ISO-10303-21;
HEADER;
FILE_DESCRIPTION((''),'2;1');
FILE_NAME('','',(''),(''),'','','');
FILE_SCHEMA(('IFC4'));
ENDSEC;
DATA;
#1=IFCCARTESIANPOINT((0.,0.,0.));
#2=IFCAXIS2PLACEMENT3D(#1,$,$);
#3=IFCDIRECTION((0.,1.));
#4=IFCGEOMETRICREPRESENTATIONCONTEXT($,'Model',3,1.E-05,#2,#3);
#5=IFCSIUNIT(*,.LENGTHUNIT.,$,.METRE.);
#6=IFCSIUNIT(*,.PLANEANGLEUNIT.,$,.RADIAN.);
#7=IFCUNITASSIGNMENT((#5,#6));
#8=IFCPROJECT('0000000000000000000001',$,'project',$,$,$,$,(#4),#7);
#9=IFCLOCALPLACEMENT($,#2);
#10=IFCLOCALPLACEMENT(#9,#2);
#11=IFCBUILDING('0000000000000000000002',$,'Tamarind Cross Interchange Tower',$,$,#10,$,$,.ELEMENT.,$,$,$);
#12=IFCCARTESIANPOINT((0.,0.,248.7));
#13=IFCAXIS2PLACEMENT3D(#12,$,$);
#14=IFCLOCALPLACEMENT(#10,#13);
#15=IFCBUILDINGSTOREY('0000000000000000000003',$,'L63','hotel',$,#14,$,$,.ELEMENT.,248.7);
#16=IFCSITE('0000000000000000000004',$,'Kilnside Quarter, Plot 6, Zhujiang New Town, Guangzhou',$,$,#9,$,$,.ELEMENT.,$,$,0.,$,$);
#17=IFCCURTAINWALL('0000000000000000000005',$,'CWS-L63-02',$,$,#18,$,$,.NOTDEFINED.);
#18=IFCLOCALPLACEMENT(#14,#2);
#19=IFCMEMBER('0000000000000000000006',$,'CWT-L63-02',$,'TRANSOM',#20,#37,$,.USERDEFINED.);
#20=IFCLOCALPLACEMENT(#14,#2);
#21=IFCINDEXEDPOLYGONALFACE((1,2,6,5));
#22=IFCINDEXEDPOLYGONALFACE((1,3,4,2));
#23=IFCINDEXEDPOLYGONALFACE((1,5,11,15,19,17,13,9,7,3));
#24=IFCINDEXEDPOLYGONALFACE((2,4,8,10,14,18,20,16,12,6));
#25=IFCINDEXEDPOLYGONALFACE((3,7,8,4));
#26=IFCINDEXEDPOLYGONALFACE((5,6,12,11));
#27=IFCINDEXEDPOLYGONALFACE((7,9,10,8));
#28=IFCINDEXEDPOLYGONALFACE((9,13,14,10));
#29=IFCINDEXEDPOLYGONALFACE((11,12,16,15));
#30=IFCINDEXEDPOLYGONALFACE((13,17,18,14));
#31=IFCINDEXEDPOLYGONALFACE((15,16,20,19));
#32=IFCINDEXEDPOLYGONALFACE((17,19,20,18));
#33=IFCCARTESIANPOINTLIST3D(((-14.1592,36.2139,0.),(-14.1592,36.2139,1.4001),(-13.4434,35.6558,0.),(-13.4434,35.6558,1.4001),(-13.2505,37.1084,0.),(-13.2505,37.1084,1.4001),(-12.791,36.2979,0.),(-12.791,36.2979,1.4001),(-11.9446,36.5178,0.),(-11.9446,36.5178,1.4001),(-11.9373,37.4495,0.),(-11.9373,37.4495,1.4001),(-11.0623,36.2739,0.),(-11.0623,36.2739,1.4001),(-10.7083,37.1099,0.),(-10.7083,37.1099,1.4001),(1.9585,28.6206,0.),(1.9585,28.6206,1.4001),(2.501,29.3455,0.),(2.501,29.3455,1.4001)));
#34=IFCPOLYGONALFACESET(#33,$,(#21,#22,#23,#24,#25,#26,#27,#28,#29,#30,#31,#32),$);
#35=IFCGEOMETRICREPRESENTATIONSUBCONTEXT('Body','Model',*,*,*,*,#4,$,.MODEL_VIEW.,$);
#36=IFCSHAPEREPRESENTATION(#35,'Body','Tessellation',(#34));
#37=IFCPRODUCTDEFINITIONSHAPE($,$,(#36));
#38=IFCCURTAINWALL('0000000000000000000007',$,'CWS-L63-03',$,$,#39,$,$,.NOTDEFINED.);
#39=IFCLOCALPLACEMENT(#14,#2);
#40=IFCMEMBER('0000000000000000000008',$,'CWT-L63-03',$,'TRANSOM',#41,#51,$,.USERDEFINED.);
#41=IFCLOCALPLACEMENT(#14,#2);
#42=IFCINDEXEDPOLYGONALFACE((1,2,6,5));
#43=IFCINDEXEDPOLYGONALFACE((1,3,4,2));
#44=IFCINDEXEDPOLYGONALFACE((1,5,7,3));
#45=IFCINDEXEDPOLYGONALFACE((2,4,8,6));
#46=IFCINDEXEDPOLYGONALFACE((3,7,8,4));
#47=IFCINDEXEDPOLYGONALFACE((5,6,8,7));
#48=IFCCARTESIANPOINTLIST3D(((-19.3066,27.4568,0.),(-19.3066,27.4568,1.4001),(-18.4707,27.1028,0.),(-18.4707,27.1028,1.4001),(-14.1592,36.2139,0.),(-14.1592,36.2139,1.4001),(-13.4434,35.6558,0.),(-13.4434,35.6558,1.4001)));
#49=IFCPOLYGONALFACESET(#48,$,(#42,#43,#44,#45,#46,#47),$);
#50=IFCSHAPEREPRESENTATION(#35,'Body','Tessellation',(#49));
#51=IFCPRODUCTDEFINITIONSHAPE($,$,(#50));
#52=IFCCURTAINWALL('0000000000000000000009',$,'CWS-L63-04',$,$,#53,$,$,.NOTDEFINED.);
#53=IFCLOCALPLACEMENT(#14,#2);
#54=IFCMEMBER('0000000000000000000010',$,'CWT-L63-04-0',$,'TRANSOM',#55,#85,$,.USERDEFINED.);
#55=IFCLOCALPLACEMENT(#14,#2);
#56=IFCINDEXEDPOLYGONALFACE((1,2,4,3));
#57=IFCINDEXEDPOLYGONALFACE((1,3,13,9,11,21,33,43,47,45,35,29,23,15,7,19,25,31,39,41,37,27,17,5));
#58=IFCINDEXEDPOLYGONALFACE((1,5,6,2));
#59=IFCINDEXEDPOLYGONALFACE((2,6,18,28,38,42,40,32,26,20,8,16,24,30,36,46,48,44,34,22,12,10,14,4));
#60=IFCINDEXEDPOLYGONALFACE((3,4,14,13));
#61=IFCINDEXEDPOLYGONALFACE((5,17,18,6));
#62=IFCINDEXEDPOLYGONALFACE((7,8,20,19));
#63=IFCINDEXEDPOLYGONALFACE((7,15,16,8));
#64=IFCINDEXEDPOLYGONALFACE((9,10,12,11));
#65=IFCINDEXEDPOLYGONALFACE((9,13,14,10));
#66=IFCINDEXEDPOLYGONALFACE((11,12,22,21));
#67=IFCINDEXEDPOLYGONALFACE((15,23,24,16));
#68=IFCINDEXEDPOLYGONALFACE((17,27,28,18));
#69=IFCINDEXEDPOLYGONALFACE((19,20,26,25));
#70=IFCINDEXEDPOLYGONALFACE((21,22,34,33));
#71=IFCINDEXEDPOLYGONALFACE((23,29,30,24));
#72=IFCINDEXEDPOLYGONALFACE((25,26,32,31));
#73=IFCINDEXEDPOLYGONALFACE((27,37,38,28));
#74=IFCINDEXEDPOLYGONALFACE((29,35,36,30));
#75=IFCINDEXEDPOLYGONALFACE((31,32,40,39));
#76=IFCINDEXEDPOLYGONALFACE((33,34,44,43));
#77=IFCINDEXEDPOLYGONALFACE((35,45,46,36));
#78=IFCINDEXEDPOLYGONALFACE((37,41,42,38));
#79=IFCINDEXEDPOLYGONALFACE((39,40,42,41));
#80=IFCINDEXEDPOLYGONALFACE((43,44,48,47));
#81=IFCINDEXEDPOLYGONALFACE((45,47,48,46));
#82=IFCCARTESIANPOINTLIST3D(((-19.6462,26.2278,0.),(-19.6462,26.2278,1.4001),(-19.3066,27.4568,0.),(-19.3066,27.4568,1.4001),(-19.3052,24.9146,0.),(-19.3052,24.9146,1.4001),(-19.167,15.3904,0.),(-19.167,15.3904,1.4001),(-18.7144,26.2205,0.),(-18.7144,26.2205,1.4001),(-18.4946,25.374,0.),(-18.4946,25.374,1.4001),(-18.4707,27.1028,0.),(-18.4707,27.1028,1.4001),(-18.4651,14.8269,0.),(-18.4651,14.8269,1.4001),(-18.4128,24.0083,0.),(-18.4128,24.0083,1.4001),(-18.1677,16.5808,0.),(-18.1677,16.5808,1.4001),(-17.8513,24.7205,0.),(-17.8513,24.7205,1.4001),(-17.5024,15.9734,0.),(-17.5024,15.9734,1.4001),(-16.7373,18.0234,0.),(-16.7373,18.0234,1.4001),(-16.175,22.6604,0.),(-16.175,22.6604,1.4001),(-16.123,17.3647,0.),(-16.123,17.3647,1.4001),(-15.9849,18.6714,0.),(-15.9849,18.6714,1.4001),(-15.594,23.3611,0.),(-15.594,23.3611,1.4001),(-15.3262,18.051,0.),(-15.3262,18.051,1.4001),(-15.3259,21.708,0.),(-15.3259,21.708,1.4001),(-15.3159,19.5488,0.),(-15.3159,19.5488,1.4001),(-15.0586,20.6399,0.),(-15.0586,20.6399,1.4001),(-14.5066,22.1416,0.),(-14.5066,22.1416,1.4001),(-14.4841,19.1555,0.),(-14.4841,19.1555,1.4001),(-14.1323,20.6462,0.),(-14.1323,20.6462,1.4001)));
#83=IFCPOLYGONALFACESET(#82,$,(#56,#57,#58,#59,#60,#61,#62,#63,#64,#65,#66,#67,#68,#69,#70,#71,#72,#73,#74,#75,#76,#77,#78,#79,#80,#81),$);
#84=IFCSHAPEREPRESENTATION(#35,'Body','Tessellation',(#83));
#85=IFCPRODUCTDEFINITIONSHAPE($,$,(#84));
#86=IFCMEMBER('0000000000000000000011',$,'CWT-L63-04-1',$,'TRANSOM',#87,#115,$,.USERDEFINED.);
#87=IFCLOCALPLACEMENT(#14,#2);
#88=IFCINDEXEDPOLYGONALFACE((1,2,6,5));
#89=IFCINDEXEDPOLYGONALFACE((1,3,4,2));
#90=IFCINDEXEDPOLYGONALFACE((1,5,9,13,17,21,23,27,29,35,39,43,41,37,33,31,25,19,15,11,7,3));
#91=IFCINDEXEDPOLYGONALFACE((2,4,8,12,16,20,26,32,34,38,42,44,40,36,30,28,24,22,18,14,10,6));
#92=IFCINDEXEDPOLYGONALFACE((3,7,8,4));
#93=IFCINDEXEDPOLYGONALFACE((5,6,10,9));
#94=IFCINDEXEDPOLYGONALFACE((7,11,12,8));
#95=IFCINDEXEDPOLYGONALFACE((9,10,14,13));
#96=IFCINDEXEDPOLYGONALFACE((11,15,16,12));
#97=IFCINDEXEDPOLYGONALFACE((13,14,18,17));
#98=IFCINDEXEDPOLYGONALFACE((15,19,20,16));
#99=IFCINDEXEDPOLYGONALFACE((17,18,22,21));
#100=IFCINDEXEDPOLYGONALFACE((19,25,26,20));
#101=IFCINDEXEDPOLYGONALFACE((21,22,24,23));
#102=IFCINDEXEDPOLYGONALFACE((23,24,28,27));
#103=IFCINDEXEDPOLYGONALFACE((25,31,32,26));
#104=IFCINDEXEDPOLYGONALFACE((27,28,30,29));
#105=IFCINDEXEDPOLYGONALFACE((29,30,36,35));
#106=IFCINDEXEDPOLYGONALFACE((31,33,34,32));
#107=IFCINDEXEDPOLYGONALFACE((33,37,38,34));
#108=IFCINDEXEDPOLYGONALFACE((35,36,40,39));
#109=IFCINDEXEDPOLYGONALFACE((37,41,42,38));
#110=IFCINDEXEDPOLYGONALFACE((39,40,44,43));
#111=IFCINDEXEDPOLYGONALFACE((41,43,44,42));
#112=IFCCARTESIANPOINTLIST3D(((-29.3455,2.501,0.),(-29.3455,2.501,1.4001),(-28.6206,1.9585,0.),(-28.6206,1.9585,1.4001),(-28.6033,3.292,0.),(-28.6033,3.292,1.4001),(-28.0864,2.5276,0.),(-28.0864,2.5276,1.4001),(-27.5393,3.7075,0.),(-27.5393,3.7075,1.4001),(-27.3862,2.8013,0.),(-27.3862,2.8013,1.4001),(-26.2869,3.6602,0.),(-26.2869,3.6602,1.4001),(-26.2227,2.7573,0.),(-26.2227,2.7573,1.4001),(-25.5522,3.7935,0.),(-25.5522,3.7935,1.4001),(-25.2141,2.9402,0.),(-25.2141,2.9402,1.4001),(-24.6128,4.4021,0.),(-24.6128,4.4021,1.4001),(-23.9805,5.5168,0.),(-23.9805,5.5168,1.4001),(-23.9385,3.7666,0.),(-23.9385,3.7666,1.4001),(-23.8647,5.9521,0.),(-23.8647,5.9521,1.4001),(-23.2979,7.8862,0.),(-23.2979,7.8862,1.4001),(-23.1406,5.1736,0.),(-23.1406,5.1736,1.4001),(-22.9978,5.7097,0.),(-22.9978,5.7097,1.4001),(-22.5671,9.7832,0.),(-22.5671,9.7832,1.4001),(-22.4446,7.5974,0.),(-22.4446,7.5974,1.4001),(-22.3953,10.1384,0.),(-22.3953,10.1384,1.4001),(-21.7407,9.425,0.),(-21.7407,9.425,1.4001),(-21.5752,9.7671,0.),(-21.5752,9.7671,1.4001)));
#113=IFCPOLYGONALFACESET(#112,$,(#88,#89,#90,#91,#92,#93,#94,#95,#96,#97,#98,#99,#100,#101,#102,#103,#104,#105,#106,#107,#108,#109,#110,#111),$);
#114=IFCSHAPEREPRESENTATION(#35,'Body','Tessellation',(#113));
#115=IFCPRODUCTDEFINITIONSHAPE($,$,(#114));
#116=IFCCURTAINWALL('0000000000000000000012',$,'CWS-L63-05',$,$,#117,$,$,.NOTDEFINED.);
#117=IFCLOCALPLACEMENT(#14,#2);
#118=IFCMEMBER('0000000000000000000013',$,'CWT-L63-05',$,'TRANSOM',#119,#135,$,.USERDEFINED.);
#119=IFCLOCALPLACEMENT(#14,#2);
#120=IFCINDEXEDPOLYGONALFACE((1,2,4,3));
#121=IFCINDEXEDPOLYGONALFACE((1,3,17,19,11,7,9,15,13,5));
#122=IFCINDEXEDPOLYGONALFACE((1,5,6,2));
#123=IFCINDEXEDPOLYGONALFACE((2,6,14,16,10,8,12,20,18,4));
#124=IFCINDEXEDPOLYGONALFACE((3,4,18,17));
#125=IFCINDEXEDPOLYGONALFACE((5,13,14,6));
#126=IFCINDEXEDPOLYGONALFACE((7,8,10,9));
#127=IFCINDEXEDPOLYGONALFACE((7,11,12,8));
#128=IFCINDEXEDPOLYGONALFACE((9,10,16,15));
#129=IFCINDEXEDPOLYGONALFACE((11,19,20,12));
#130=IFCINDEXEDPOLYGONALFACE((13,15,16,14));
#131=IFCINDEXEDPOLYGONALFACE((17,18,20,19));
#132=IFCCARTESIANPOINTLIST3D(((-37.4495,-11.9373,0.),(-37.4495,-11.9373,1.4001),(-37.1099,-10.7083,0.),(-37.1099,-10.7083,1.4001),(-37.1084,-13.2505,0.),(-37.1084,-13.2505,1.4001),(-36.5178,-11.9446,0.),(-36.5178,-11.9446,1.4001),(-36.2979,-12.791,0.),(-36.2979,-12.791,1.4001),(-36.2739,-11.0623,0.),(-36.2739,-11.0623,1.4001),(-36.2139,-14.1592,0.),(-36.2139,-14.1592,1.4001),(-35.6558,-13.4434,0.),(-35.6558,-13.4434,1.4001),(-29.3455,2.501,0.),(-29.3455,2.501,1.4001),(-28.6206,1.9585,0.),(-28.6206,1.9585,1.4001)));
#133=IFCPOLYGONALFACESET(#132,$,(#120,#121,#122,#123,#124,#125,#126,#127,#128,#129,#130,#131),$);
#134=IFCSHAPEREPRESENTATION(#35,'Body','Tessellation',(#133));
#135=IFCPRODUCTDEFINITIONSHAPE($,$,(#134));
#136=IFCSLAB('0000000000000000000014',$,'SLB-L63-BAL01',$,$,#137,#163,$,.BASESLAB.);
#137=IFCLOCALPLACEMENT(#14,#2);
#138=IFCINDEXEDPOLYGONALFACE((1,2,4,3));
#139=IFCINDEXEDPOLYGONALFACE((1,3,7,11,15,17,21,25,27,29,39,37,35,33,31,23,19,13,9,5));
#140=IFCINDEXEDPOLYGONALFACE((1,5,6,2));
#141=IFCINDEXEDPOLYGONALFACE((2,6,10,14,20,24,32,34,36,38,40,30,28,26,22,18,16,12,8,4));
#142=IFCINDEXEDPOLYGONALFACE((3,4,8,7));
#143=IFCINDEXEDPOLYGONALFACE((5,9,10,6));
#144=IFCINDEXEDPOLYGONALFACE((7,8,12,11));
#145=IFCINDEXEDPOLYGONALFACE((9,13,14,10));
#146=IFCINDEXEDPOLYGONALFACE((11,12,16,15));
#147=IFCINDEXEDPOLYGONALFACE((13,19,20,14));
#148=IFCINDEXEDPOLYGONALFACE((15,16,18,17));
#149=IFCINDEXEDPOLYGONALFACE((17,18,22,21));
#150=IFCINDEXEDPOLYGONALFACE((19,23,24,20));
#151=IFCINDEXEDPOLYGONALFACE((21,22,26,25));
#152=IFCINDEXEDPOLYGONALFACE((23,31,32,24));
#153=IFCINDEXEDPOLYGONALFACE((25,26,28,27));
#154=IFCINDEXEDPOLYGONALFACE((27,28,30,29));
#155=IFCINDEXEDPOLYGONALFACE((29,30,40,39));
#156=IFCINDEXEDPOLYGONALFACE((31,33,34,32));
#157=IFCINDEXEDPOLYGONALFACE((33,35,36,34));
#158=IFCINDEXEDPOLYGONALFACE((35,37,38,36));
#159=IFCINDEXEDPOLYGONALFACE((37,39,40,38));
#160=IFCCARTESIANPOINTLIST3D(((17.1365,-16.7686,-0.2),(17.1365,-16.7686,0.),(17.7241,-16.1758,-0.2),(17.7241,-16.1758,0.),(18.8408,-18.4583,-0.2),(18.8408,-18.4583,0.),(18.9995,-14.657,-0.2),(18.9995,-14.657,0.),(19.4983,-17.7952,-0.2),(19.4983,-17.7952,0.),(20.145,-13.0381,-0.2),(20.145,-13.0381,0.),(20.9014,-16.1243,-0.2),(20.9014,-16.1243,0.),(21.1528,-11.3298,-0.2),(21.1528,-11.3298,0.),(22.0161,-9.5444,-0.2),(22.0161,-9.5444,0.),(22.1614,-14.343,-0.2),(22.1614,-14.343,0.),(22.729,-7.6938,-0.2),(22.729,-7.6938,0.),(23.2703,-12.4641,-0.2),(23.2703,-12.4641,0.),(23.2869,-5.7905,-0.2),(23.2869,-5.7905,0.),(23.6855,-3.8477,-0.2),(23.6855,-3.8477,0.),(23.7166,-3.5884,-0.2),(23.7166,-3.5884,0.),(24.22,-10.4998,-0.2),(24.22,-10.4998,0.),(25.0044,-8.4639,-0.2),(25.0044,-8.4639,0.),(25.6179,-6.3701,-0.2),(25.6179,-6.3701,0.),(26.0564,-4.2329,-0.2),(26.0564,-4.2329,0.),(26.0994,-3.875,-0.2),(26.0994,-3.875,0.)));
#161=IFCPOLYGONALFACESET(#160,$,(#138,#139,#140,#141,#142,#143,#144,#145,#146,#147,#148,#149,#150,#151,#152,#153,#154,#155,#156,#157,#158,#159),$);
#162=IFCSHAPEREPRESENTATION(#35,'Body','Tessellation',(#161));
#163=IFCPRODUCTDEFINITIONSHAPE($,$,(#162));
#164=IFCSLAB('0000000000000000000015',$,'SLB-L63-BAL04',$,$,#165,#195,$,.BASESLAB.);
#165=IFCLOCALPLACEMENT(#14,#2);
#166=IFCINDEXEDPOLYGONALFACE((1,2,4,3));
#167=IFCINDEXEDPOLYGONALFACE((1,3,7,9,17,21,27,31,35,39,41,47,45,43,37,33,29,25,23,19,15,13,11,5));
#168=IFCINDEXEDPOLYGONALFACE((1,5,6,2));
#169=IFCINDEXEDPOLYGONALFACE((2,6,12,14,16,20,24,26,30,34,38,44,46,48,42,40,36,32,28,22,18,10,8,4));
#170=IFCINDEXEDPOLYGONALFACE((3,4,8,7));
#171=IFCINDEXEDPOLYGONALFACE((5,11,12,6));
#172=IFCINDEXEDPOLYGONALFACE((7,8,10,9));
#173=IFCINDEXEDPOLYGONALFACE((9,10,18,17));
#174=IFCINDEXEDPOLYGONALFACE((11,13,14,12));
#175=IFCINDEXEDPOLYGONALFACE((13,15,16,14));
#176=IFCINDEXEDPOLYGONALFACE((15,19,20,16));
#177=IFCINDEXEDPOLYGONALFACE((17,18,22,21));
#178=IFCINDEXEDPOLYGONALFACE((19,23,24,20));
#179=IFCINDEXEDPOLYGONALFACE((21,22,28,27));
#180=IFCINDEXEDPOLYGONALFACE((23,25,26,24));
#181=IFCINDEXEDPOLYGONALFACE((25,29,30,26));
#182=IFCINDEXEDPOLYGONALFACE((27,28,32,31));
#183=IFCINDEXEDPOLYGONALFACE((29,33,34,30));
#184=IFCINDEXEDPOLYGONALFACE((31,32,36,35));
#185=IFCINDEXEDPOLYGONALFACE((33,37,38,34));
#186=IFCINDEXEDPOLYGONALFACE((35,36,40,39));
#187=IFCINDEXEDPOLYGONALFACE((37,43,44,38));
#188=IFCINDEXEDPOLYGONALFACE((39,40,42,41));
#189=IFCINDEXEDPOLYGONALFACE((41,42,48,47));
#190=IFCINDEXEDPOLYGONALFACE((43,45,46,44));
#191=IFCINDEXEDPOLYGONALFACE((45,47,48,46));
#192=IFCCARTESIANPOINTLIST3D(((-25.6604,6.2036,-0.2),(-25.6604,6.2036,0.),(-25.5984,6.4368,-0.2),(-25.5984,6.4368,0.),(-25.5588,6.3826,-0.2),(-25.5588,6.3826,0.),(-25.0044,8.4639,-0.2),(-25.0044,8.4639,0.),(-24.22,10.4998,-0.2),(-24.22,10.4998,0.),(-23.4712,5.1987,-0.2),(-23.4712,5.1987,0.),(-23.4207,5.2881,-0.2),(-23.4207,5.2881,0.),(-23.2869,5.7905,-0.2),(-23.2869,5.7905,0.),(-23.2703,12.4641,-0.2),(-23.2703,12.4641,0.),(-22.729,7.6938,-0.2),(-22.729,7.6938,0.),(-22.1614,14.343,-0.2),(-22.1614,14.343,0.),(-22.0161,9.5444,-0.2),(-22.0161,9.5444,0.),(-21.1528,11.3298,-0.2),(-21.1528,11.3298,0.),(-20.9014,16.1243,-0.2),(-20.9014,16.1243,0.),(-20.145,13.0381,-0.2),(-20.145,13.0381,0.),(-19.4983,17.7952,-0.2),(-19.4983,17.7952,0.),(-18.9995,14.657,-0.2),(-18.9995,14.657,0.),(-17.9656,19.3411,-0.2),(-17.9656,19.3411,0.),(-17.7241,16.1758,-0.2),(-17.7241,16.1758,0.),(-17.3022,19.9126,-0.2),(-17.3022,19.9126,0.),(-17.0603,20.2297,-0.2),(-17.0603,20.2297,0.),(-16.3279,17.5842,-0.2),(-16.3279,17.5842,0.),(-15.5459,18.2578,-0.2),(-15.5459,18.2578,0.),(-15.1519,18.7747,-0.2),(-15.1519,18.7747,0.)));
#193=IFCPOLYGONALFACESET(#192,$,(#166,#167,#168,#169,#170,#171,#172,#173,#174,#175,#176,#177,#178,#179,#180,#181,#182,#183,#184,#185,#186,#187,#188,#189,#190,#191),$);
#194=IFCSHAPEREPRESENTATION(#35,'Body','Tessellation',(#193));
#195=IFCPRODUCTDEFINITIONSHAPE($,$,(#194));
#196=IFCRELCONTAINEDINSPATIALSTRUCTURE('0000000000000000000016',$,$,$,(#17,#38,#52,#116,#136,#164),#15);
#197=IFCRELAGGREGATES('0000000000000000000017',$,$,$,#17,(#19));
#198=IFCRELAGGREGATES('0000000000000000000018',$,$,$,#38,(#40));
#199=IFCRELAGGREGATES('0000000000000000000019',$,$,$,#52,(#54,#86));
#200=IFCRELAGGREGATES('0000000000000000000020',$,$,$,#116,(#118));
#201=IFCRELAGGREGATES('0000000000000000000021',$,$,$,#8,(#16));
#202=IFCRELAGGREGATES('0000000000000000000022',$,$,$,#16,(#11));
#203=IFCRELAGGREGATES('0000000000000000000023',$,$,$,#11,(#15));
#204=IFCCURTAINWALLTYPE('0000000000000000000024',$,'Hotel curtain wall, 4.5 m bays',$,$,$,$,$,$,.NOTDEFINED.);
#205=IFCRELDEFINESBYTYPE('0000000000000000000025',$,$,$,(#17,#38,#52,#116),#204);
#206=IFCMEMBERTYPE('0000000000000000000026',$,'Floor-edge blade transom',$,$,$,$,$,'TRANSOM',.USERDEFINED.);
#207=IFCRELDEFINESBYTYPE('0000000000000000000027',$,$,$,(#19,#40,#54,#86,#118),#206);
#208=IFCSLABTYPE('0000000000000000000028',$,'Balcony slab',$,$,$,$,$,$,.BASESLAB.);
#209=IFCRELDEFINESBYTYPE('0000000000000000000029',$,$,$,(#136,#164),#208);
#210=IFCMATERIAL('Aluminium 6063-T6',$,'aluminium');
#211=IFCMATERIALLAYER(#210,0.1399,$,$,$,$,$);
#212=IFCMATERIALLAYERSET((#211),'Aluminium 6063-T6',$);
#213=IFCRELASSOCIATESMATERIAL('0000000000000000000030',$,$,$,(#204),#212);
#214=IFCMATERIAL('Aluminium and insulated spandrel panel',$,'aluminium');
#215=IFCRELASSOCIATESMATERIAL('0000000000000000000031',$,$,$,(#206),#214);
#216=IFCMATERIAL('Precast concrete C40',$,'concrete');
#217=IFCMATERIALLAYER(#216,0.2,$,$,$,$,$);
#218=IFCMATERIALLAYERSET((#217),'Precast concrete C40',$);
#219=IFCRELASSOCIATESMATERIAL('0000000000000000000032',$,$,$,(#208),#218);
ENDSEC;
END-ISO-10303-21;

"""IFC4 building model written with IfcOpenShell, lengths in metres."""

from ifc_helpers import new_model, si_unit, direction, frame, origin, place, context, subcontext, project, spatial, polyline, outline, extrude, material, layer, layer_set, type_object, element, aggregate, save


model = new_model("IFC4")

# Units and contexts
model_context = context("Model", 3, precision=1e-05, world=origin(), true_north=direction((0.0, 1.0)))
body_context = subcontext(model_context, "Body", "Model", "MODEL_VIEW")
ifc_project = project(units=[si_unit("LENGTHUNIT", "METRE"), si_unit("PLANEANGLEUNIT", "RADIAN")], contexts=[model_context])

# Site, building, storey
site_placement = place(None, origin())
site = spatial("IfcSite", under=ifc_project, at=site_placement, Name="Kilnside Quarter, Plot 6, Zhujiang New Town, Guangzhou", CompositionType="ELEMENT", RefElevation=0.0)
building_placement = place(site_placement, origin())
building = spatial("IfcBuilding", under=site, at=building_placement, Name="Tamarind Cross Interchange Tower", CompositionType="ELEMENT")
storey_placement = place(building_placement, frame((0.0, 0.0, 248.7)))
storey = spatial("IfcBuildingStorey", under=building, at=storey_placement, Name="L63", Description="hotel", CompositionType="ELEMENT", Elevation=248.7)

# Curtain walls, members
ifc_material_1 = material(Name="Aluminium 6063-T6", Category="aluminium")
ifc_layer_1 = layer(ifc_material_1, 0.1399)
ifc_layer_set_1 = layer_set([ifc_layer_1], Name="Aluminium 6063-T6")
curtain_wall_type = type_object("IfcCurtainWallType", Name="Hotel curtain wall, 4.5 m bays", PredefinedType="NOTDEFINED", material=ifc_layer_set_1)
curtain_wall_1_placement = place(storey_placement, origin())
curtain_wall_1 = element("IfcCurtainWall", 1, at=curtain_wall_1_placement, inside=storey, type_object=curtain_wall_type, Name="CWS-L63-02", PredefinedType="NOTDEFINED")
ifc_material_2 = material(Name="Aluminium and insulated spandrel panel", Category="aluminium")
member_type = type_object("IfcMemberType", Name="Floor-edge blade transom", ElementType="TRANSOM", PredefinedType="USERDEFINED", material=ifc_material_2)
member_1_placement = place(storey_placement, origin())
member_1 = element("IfcMember", 2, at=member_1_placement, type_object=member_type, Name="CWT-L63-02", ObjectType="TRANSOM", PredefinedType="USERDEFINED", context=body_context, shape_type="SweptSolid", body=[
    extrude(outline(polyline([(1.9585, 28.6206), (-11.0623, 36.2739), (-11.9446, 36.5178), (-12.791, 36.2979), (-13.4434, 35.6558), (-14.1592, 36.2139), (-13.2505, 37.1084), (-11.9373, 37.4495), (-10.7083, 37.1099), (2.501, 29.3455), (1.9585, 28.6206)])), origin(), (0.0, 0.0, 1.0), 1.4001),
])
aggregate(curtain_wall_1, [member_1])
curtain_wall_2_placement = place(storey_placement, origin())
curtain_wall_2 = element("IfcCurtainWall", 3, at=curtain_wall_2_placement, inside=storey, type_object=curtain_wall_type, Name="CWS-L63-03", PredefinedType="NOTDEFINED")
member_2_placement = place(storey_placement, origin())
member_2 = element("IfcMember", 4, at=member_2_placement, type_object=member_type, Name="CWT-L63-03", ObjectType="TRANSOM", PredefinedType="USERDEFINED", context=body_context, shape_type="SweptSolid", body=[
    extrude(outline(polyline([(-13.4434, 35.6558), (-18.4707, 27.1028), (-19.3066, 27.4568), (-14.1592, 36.2139), (-13.4434, 35.6558)])), origin(), (0.0, 0.0, 1.0), 1.4001),
])
aggregate(curtain_wall_2, [member_2])

# Curtain wall, members
curtain_wall_3_placement = place(storey_placement, origin())
curtain_wall_3 = element("IfcCurtainWall", 5, at=curtain_wall_3_placement, inside=storey, type_object=curtain_wall_type, Name="CWS-L63-04", PredefinedType="NOTDEFINED")
member_3_placement = place(storey_placement, origin())
member_3 = element("IfcMember", 6, at=member_3_placement, type_object=member_type, Name="CWT-L63-04-0", ObjectType="TRANSOM", PredefinedType="USERDEFINED", context=body_context, shape_type="SweptSolid", body=[
    extrude(outline(polyline([(-18.4707, 27.1028), (-18.7144, 26.2205), (-18.4946, 25.374), (-17.8513, 24.7205), (-15.594, 23.3611), (-14.5066, 22.1416), (-14.1323, 20.6462), (-14.4841, 19.1555), (-15.3262, 18.051), (-16.123, 17.3647), (-17.5024, 15.9734), (-18.4651, 14.8269), (-19.167, 15.3904), (-18.1677, 16.5808), (-16.7373, 18.0234), (-15.9849, 18.6714), (-15.3159, 19.5488), (-15.0586, 20.6399), (-15.3259, 21.708), (-16.175, 22.6604), (-18.4128, 24.0083), (-19.3052, 24.9146), (-19.6462, 26.2278), (-19.3066, 27.4568), (-18.4707, 27.1028)])), origin(), (0.0, 0.0, 1.0), 1.4001),
])
member_4_placement = place(storey_placement, origin())
member_4 = element("IfcMember", 7, at=member_4_placement, type_object=member_type, Name="CWT-L63-04-1", ObjectType="TRANSOM", PredefinedType="USERDEFINED", context=body_context, shape_type="SweptSolid", body=[
    extrude(outline(polyline([(-21.5752, 9.7671), (-21.7407, 9.425), (-22.4446, 7.5974), (-22.9978, 5.7097), (-23.1406, 5.1736), (-23.9385, 3.7666), (-25.2141, 2.9402), (-26.2227, 2.7573), (-27.3862, 2.8013), (-28.0864, 2.5276), (-28.6206, 1.9585), (-29.3455, 2.501), (-28.6033, 3.292), (-27.5393, 3.7075), (-26.2869, 3.6602), (-25.5522, 3.7935), (-24.6128, 4.4021), (-23.9805, 5.5168), (-23.8647, 5.9521), (-23.2979, 7.8862), (-22.5671, 9.7832), (-22.3953, 10.1384), (-21.5752, 9.7671)])), origin(), (0.0, 0.0, 1.0), 1.4001),
])
aggregate(curtain_wall_3, [member_3, member_4])

# Curtain wall, member
curtain_wall_4_placement = place(storey_placement, origin())
curtain_wall_4 = element("IfcCurtainWall", 8, at=curtain_wall_4_placement, inside=storey, type_object=curtain_wall_type, Name="CWS-L63-05", PredefinedType="NOTDEFINED")
member_5_placement = place(storey_placement, origin())
member_5 = element("IfcMember", 9, at=member_5_placement, type_object=member_type, Name="CWT-L63-05", ObjectType="TRANSOM", PredefinedType="USERDEFINED", context=body_context, shape_type="SweptSolid", body=[
    extrude(outline(polyline([(-28.6206, 1.9585), (-36.2739, -11.0623), (-36.5178, -11.9446), (-36.2979, -12.791), (-35.6558, -13.4434), (-36.2139, -14.1592), (-37.1084, -13.2505), (-37.4495, -11.9373), (-37.1099, -10.7083), (-29.3455, 2.501), (-28.6206, 1.9585)])), origin(), (0.0, 0.0, 1.0), 1.4001),
])
aggregate(curtain_wall_4, [member_5])

# Slabs
ifc_material_3 = material(Name="Precast concrete C40", Category="concrete")
ifc_layer_2 = layer(ifc_material_3, 0.2)
ifc_layer_set_2 = layer_set([ifc_layer_2], Name="Precast concrete C40")
slab_type = type_object("IfcSlabType", Name="Balcony slab", PredefinedType="BASESLAB", material=ifc_layer_set_2)
slab_1_placement = place(storey_placement, frame((0.0, 0.0, -0.2)))
element("IfcSlab", 10, at=slab_1_placement, inside=storey, type_object=slab_type, Name="SLB-L63-BAL01", PredefinedType="BASESLAB", context=body_context, shape_type="SweptSolid", body=[
    extrude(outline(polyline([(17.1365, -16.7686), (17.7241, -16.1758), (18.9995, -14.657), (20.145, -13.0381), (21.1528, -11.3298), (22.0161, -9.5444), (22.729, -7.6938), (23.2869, -5.7905), (23.6855, -3.8477), (23.7166, -3.5884), (26.0994, -3.875), (26.0564, -4.2329), (25.6179, -6.3701), (25.0044, -8.4639), (24.22, -10.4998), (23.2703, -12.4641), (22.1614, -14.343), (20.9014, -16.1243), (19.4983, -17.7952), (18.8408, -18.4583), (17.1365, -16.7686)])), origin(), (0.0, 0.0, 1.0), 0.2),
])
slab_2_placement = place(storey_placement, frame((0.0, 0.0, -0.2)))
element("IfcSlab", 11, at=slab_2_placement, inside=storey, type_object=slab_type, Name="SLB-L63-BAL04", PredefinedType="BASESLAB", context=body_context, shape_type="SweptSolid", body=[
    extrude(outline(polyline([(-15.1519, 18.7747), (-15.5459, 18.2578), (-16.3279, 17.5842), (-17.7241, 16.1758), (-18.9995, 14.657), (-20.145, 13.0381), (-21.1528, 11.3298), (-22.0161, 9.5444), (-22.729, 7.6938), (-23.2869, 5.7905), (-23.4207, 5.2881), (-23.4712, 5.1987), (-25.5588, 6.3826), (-25.6604, 6.2036), (-25.5984, 6.4368), (-25.0044, 8.4639), (-24.22, 10.4998), (-23.2703, 12.4641), (-22.1614, 14.343), (-20.9014, 16.1243), (-19.4983, 17.7952), (-17.9656, 19.3411), (-17.3022, 19.9126), (-17.0603, 20.2297), (-15.1519, 18.7747)])), origin(), (0.0, 0.0, 1.0), 0.2),
])

save(model, "model.ifc")
